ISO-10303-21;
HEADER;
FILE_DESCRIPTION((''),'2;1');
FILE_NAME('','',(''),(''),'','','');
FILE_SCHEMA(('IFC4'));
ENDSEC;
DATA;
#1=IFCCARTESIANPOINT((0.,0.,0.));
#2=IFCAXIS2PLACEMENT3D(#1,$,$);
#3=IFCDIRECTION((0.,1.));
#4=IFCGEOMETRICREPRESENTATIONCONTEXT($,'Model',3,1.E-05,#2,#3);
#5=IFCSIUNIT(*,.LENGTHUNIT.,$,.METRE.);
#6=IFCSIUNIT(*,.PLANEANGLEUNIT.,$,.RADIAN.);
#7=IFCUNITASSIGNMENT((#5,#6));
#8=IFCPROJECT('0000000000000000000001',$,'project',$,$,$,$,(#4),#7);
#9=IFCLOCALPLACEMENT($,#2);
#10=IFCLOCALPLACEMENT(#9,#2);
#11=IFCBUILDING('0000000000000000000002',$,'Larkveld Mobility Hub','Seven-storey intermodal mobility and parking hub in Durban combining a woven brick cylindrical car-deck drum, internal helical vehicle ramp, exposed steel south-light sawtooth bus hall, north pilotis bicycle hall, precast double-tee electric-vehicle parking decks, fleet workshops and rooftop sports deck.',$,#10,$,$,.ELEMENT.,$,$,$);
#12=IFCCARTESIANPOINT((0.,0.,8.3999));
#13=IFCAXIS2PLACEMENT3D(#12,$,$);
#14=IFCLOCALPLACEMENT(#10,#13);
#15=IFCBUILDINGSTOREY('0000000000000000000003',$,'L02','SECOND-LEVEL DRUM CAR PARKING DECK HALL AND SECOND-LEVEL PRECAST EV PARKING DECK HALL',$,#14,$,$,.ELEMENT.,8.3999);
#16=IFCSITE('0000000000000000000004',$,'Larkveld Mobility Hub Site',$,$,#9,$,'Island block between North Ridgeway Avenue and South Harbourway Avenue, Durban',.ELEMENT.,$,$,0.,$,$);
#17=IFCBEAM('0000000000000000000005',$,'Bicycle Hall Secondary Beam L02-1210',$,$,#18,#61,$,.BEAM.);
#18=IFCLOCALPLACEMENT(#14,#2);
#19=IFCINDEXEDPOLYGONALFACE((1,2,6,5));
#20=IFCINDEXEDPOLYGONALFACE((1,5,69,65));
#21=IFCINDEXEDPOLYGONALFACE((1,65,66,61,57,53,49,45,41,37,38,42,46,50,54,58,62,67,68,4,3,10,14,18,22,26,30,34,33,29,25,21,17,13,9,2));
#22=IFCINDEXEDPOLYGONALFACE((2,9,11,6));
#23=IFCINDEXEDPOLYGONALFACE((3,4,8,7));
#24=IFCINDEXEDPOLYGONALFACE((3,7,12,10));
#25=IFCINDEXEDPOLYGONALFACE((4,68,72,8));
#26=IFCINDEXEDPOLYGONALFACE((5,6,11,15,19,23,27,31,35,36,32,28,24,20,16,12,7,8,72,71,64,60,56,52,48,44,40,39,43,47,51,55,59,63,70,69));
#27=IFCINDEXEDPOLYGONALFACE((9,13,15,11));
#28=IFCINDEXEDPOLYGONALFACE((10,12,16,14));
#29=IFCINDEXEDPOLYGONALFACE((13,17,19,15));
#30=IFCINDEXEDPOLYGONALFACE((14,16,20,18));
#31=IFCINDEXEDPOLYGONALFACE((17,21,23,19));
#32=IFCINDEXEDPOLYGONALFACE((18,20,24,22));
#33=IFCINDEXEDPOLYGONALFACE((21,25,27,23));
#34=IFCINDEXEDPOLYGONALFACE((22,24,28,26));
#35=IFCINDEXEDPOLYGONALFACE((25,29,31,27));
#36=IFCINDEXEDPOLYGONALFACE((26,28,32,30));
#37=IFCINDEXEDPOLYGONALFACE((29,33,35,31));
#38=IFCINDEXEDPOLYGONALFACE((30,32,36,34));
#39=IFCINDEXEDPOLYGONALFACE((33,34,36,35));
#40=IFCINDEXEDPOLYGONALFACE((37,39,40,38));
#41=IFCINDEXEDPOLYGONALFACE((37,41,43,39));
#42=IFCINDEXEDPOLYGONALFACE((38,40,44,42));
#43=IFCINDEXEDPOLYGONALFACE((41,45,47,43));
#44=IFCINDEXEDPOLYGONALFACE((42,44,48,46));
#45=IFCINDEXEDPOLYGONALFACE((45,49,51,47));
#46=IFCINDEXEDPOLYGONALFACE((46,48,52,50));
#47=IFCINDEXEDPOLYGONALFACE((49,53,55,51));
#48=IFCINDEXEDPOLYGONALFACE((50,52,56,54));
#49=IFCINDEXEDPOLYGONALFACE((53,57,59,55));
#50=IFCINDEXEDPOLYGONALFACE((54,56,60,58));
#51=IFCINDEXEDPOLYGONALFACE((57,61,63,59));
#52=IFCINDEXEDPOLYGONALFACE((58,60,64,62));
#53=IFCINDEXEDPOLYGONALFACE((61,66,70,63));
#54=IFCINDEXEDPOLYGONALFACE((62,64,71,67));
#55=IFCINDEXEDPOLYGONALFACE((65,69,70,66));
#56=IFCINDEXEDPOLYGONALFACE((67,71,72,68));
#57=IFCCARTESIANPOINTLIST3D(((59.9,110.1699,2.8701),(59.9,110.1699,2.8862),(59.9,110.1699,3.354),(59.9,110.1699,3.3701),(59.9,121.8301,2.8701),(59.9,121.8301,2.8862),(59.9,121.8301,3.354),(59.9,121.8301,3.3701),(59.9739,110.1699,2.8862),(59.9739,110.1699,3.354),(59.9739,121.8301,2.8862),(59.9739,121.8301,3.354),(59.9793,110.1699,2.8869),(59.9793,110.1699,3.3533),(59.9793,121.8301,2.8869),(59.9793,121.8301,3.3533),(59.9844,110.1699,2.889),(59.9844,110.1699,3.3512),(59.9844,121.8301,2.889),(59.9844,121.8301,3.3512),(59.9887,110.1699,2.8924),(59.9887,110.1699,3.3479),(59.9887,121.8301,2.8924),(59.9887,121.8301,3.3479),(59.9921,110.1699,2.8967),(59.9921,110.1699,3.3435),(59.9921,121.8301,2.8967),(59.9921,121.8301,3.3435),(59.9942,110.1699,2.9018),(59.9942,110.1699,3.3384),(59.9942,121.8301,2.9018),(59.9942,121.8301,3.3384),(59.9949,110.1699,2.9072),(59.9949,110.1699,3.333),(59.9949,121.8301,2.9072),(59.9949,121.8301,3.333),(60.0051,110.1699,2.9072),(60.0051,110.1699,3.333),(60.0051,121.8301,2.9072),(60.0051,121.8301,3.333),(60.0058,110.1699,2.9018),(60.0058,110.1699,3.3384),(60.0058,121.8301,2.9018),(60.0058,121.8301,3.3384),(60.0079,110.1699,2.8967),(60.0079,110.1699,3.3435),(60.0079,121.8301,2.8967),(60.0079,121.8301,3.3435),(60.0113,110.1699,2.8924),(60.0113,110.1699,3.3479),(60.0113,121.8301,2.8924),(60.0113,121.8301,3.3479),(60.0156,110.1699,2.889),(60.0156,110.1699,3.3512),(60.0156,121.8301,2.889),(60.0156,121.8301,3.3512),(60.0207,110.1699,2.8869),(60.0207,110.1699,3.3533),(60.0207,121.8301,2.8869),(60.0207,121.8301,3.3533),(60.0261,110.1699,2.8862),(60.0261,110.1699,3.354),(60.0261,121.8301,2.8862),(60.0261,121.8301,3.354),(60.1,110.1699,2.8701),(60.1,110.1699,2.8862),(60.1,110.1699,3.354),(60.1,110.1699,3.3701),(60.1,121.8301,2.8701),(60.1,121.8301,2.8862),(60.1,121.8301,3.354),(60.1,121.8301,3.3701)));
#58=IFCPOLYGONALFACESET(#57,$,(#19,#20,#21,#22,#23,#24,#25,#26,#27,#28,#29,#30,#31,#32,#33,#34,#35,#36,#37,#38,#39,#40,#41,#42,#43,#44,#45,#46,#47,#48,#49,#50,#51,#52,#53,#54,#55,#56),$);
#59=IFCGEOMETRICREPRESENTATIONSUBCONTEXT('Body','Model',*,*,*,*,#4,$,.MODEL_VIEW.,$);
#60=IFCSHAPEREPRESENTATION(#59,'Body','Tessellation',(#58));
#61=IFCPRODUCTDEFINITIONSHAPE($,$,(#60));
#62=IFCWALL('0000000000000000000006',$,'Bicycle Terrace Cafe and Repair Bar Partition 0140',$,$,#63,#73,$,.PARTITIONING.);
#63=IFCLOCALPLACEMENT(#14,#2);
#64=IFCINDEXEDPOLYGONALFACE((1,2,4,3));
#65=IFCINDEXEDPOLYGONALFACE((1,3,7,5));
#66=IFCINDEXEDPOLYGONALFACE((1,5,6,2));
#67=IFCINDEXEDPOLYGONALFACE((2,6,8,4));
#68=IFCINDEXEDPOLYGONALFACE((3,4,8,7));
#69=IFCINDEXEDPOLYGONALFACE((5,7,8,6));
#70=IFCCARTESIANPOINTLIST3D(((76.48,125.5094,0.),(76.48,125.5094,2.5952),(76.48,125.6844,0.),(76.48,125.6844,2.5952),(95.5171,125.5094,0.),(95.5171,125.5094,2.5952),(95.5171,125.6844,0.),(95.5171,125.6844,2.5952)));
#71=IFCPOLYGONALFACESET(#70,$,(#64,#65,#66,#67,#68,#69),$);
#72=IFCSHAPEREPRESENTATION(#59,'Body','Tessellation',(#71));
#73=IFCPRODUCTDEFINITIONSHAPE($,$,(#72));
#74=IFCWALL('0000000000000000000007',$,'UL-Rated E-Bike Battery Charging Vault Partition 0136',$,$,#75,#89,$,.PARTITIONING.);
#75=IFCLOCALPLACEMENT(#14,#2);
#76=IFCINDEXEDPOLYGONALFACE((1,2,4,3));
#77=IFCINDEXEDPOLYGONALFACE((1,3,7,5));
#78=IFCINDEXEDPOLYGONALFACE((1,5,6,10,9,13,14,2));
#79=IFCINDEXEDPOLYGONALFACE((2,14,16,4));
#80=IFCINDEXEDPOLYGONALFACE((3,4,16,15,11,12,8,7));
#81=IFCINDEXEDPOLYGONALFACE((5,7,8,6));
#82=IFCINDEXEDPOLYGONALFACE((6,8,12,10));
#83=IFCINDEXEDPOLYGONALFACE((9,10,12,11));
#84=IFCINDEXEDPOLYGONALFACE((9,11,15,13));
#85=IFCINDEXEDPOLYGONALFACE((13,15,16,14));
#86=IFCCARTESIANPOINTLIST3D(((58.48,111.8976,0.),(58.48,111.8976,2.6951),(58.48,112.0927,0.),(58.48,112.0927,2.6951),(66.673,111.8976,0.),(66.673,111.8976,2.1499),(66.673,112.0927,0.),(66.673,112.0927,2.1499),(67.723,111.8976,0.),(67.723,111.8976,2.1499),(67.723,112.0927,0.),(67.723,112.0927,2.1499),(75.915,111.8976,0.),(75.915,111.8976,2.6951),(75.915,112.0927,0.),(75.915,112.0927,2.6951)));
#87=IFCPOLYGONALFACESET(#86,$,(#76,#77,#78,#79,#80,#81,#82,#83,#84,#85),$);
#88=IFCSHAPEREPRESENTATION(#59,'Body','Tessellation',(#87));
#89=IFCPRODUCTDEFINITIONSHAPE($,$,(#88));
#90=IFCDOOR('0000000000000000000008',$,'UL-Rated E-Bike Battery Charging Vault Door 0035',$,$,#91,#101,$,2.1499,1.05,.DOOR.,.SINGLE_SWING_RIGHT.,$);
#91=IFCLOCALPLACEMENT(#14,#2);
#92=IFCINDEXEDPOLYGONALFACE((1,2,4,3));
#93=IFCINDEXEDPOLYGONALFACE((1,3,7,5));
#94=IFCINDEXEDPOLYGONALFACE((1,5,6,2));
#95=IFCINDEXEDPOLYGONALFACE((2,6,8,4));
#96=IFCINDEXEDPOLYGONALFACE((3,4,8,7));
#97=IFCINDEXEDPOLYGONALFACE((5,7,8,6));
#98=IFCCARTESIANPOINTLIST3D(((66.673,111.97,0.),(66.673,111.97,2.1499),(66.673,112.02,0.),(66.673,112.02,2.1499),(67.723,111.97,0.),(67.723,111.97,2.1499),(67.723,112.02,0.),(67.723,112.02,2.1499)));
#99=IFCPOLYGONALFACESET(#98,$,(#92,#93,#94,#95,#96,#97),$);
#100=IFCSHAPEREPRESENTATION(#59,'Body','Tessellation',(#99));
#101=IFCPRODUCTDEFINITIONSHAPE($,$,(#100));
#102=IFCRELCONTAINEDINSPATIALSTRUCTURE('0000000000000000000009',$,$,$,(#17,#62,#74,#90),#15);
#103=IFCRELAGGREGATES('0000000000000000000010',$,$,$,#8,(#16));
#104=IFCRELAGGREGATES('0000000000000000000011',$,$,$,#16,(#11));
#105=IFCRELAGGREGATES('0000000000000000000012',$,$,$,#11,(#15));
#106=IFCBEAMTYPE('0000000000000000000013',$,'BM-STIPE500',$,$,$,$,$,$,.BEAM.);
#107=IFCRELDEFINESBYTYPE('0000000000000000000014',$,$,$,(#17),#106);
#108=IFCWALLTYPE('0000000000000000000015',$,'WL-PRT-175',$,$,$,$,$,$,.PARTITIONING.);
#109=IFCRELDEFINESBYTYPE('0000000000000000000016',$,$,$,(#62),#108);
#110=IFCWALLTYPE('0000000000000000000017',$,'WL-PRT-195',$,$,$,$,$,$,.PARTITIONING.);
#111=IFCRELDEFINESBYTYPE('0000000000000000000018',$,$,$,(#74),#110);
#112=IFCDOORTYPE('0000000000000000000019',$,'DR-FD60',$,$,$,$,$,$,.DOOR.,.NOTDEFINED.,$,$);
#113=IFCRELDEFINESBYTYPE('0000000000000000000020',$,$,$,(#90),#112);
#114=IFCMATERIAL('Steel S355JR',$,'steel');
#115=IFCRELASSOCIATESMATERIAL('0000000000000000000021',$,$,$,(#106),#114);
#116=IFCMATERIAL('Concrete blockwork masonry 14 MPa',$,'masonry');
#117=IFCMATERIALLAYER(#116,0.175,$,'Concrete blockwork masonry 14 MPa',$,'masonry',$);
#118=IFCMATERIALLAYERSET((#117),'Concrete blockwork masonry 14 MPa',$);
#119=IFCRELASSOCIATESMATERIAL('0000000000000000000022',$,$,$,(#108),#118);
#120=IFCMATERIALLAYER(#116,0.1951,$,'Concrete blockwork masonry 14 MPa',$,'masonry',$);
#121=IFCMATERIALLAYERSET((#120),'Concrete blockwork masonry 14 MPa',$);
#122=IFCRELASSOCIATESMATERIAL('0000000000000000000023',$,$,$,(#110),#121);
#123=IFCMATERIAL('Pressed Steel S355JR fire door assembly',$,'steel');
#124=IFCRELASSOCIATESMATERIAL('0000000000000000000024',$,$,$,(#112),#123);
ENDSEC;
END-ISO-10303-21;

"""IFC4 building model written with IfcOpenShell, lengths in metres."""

from ifc_helpers import new_model, si_unit, direction, frame, frame_2d, origin, origin_2d, place, context, subcontext, project, spatial, rectangle, i_section, extrude, material, layer, layer_set, material_profile, profile_set, type_object, element, fill, save


model = new_model("IFC4")

# Units and contexts
model_context = context("Model", 3, precision=1e-05, world=origin(), true_north=direction((0.0, 1.0)))
body_context = subcontext(model_context, "Body", "Model", "MODEL_VIEW")
ifc_project = project(units=[si_unit("LENGTHUNIT", "METRE"), si_unit("PLANEANGLEUNIT", "RADIAN")], contexts=[model_context])

# Site, building, storey
site_placement = place(None, origin())
site = spatial("IfcSite", under=ifc_project, at=site_placement, Name="Larkveld Mobility Hub Site", LongName="Island block between North Ridgeway Avenue and South Harbourway Avenue, Durban", CompositionType="ELEMENT", RefElevation=0.0)
building_placement = place(site_placement, origin())
building = spatial("IfcBuilding", under=site, at=building_placement, Name="Larkveld Mobility Hub", Description="Seven-storey intermodal mobility and parking hub in Durban combining a woven brick cylindrical car-deck drum, internal helical vehicle ramp, exposed steel south-light sawtooth bus hall, north pilotis bicycle hall, precast double-tee electric-vehicle parking decks, fleet workshops and rooftop sports deck.", CompositionType="ELEMENT")
storey_placement = place(building_placement, frame((0.0, 0.0, 8.3999)))
storey = spatial("IfcBuildingStorey", under=building, at=storey_placement, Name="L02", Description="SECOND-LEVEL DRUM CAR PARKING DECK HALL AND SECOND-LEVEL PRECAST EV PARKING DECK HALL", CompositionType="ELEMENT", Elevation=8.3999)

# Beam
ifc_material_1 = material(Name="Steel S355JR", Category="steel")
ifc_material_profile_1 = material_profile(ifc_material_1, i_section(OverallWidth=0.2, OverallDepth=0.5, WebThickness=0.0103, FlangeThickness=0.0161, FilletRadius=0.021, at=origin_2d()), Name="IPE 500")
ifc_profile_set_1 = profile_set([ifc_material_profile_1], Name="Steel S355JR")
beam_type_1 = type_object("IfcBeamType", Name="BM-STIPE500", PredefinedType="BEAM", material=ifc_profile_set_1)
beam_1_placement = place(storey_placement, frame((60.0, 110.1699, 3.1201), z_axis=(0.0, 1.0, 0.0), x_axis=(-1.0, 0.0, 0.0)))
element("IfcBeam", 1, at=beam_1_placement, inside=storey, type_object=beam_type_1, Name="Bicycle Hall Secondary Beam L02-1210", PredefinedType="BEAM", context=body_context, shape_type="SweptSolid", body=[
    extrude(i_section(OverallWidth=0.2, OverallDepth=0.5, WebThickness=0.0103, FlangeThickness=0.0161, FilletRadius=0.021, at=origin_2d()), origin(), (0.0, 0.0, 1.0), 11.6602),
])

# Wall
ifc_material_2 = material(Name="Concrete blockwork masonry 14 MPa", Category="masonry")
ifc_layer_1 = layer(ifc_material_2, 0.175, Name="Concrete blockwork masonry 14 MPa", Category="masonry")
ifc_layer_set_1 = layer_set([ifc_layer_1], Name="Concrete blockwork masonry 14 MPa")
wall_type_1 = type_object("IfcWallType", Name="WL-PRT-175", PredefinedType="PARTITIONING", material=ifc_layer_set_1)
wall_1_placement = place(storey_placement, frame((76.48, 125.5969, 0.0), z_axis=(0.0, 0.0, 1.0), x_axis=(1.0, 0.0, 0.0)))
element("IfcWall", 2, at=wall_1_placement, inside=storey, type_object=wall_type_1, Name="Bicycle Terrace Cafe and Repair Bar Partition 0140", PredefinedType="PARTITIONING", context=body_context, shape_type="SweptSolid", body=[
    extrude(rectangle(XDim=19.0371, YDim=0.175, at=frame_2d((9.5186, 0.0))), origin(), (0.0, 0.0, 1.0), 2.5952),
])

# Wall, opening, door
ifc_layer_2 = layer(ifc_material_2, 0.1951, Name="Concrete blockwork masonry 14 MPa", Category="masonry")
ifc_layer_set_2 = layer_set([ifc_layer_2], Name="Concrete blockwork masonry 14 MPa")
wall_type_2 = type_object("IfcWallType", Name="WL-PRT-195", PredefinedType="PARTITIONING", material=ifc_layer_set_2)
wall_2_placement = place(storey_placement, frame((58.48, 111.9951, 0.0), z_axis=(0.0, 0.0, 1.0), x_axis=(1.0, 0.0, 0.0)))
wall_2 = element("IfcWall", 3, at=wall_2_placement, inside=storey, type_object=wall_type_2, Name="UL-Rated E-Bike Battery Charging Vault Partition 0136", PredefinedType="PARTITIONING", context=body_context, shape_type="SweptSolid", body=[
    extrude(rectangle(XDim=17.4351, YDim=0.1951, at=frame_2d((8.7175, 0.0))), origin(), (0.0, 0.0, 1.0), 2.6951),
])
opening_placement = place(wall_2_placement, frame((8.1931, 0.0, 0.0)))
opening = element("IfcOpeningElement", 4, at=opening_placement, cuts=wall_2, PredefinedType="OPENING", context=body_context, shape_type="SweptSolid", body=[
    extrude(rectangle(XDim=1.05, YDim=2.1499, at=frame_2d((0.5249, 1.075))), frame((0.0, 0.1074, 0.0), z_axis=(0.0, -1.0, 0.0), x_axis=(1.0, 0.0, 0.0)), (0.0, 0.0, 1.0), 0.2151),
])
ifc_material_3 = material(Name="Pressed Steel S355JR fire door assembly", Category="steel")
door_type = type_object("IfcDoorType", Name="DR-FD60", OperationType="NOTDEFINED", PredefinedType="DOOR", material=ifc_material_3)
door_placement = place(opening_placement, origin())
door = element("IfcDoor", 5, at=door_placement, inside=storey, type_object=door_type, Name="UL-Rated E-Bike Battery Charging Vault Door 0035", OperationType="SINGLE_SWING_RIGHT", OverallHeight=2.1499, OverallWidth=1.05, PredefinedType="DOOR", context=body_context, shape_type="SweptSolid", body=[
    extrude(rectangle(XDim=1.05, YDim=2.1499, at=frame_2d((0.5249, 1.075))), frame((0.0, 0.0249, 0.0), z_axis=(0.0, -1.0, 0.0), x_axis=(1.0, 0.0, 0.0)), (0.0, 0.0, 1.0), 0.05),
])
fill(opening, door)

save(model, "model.ifc")
